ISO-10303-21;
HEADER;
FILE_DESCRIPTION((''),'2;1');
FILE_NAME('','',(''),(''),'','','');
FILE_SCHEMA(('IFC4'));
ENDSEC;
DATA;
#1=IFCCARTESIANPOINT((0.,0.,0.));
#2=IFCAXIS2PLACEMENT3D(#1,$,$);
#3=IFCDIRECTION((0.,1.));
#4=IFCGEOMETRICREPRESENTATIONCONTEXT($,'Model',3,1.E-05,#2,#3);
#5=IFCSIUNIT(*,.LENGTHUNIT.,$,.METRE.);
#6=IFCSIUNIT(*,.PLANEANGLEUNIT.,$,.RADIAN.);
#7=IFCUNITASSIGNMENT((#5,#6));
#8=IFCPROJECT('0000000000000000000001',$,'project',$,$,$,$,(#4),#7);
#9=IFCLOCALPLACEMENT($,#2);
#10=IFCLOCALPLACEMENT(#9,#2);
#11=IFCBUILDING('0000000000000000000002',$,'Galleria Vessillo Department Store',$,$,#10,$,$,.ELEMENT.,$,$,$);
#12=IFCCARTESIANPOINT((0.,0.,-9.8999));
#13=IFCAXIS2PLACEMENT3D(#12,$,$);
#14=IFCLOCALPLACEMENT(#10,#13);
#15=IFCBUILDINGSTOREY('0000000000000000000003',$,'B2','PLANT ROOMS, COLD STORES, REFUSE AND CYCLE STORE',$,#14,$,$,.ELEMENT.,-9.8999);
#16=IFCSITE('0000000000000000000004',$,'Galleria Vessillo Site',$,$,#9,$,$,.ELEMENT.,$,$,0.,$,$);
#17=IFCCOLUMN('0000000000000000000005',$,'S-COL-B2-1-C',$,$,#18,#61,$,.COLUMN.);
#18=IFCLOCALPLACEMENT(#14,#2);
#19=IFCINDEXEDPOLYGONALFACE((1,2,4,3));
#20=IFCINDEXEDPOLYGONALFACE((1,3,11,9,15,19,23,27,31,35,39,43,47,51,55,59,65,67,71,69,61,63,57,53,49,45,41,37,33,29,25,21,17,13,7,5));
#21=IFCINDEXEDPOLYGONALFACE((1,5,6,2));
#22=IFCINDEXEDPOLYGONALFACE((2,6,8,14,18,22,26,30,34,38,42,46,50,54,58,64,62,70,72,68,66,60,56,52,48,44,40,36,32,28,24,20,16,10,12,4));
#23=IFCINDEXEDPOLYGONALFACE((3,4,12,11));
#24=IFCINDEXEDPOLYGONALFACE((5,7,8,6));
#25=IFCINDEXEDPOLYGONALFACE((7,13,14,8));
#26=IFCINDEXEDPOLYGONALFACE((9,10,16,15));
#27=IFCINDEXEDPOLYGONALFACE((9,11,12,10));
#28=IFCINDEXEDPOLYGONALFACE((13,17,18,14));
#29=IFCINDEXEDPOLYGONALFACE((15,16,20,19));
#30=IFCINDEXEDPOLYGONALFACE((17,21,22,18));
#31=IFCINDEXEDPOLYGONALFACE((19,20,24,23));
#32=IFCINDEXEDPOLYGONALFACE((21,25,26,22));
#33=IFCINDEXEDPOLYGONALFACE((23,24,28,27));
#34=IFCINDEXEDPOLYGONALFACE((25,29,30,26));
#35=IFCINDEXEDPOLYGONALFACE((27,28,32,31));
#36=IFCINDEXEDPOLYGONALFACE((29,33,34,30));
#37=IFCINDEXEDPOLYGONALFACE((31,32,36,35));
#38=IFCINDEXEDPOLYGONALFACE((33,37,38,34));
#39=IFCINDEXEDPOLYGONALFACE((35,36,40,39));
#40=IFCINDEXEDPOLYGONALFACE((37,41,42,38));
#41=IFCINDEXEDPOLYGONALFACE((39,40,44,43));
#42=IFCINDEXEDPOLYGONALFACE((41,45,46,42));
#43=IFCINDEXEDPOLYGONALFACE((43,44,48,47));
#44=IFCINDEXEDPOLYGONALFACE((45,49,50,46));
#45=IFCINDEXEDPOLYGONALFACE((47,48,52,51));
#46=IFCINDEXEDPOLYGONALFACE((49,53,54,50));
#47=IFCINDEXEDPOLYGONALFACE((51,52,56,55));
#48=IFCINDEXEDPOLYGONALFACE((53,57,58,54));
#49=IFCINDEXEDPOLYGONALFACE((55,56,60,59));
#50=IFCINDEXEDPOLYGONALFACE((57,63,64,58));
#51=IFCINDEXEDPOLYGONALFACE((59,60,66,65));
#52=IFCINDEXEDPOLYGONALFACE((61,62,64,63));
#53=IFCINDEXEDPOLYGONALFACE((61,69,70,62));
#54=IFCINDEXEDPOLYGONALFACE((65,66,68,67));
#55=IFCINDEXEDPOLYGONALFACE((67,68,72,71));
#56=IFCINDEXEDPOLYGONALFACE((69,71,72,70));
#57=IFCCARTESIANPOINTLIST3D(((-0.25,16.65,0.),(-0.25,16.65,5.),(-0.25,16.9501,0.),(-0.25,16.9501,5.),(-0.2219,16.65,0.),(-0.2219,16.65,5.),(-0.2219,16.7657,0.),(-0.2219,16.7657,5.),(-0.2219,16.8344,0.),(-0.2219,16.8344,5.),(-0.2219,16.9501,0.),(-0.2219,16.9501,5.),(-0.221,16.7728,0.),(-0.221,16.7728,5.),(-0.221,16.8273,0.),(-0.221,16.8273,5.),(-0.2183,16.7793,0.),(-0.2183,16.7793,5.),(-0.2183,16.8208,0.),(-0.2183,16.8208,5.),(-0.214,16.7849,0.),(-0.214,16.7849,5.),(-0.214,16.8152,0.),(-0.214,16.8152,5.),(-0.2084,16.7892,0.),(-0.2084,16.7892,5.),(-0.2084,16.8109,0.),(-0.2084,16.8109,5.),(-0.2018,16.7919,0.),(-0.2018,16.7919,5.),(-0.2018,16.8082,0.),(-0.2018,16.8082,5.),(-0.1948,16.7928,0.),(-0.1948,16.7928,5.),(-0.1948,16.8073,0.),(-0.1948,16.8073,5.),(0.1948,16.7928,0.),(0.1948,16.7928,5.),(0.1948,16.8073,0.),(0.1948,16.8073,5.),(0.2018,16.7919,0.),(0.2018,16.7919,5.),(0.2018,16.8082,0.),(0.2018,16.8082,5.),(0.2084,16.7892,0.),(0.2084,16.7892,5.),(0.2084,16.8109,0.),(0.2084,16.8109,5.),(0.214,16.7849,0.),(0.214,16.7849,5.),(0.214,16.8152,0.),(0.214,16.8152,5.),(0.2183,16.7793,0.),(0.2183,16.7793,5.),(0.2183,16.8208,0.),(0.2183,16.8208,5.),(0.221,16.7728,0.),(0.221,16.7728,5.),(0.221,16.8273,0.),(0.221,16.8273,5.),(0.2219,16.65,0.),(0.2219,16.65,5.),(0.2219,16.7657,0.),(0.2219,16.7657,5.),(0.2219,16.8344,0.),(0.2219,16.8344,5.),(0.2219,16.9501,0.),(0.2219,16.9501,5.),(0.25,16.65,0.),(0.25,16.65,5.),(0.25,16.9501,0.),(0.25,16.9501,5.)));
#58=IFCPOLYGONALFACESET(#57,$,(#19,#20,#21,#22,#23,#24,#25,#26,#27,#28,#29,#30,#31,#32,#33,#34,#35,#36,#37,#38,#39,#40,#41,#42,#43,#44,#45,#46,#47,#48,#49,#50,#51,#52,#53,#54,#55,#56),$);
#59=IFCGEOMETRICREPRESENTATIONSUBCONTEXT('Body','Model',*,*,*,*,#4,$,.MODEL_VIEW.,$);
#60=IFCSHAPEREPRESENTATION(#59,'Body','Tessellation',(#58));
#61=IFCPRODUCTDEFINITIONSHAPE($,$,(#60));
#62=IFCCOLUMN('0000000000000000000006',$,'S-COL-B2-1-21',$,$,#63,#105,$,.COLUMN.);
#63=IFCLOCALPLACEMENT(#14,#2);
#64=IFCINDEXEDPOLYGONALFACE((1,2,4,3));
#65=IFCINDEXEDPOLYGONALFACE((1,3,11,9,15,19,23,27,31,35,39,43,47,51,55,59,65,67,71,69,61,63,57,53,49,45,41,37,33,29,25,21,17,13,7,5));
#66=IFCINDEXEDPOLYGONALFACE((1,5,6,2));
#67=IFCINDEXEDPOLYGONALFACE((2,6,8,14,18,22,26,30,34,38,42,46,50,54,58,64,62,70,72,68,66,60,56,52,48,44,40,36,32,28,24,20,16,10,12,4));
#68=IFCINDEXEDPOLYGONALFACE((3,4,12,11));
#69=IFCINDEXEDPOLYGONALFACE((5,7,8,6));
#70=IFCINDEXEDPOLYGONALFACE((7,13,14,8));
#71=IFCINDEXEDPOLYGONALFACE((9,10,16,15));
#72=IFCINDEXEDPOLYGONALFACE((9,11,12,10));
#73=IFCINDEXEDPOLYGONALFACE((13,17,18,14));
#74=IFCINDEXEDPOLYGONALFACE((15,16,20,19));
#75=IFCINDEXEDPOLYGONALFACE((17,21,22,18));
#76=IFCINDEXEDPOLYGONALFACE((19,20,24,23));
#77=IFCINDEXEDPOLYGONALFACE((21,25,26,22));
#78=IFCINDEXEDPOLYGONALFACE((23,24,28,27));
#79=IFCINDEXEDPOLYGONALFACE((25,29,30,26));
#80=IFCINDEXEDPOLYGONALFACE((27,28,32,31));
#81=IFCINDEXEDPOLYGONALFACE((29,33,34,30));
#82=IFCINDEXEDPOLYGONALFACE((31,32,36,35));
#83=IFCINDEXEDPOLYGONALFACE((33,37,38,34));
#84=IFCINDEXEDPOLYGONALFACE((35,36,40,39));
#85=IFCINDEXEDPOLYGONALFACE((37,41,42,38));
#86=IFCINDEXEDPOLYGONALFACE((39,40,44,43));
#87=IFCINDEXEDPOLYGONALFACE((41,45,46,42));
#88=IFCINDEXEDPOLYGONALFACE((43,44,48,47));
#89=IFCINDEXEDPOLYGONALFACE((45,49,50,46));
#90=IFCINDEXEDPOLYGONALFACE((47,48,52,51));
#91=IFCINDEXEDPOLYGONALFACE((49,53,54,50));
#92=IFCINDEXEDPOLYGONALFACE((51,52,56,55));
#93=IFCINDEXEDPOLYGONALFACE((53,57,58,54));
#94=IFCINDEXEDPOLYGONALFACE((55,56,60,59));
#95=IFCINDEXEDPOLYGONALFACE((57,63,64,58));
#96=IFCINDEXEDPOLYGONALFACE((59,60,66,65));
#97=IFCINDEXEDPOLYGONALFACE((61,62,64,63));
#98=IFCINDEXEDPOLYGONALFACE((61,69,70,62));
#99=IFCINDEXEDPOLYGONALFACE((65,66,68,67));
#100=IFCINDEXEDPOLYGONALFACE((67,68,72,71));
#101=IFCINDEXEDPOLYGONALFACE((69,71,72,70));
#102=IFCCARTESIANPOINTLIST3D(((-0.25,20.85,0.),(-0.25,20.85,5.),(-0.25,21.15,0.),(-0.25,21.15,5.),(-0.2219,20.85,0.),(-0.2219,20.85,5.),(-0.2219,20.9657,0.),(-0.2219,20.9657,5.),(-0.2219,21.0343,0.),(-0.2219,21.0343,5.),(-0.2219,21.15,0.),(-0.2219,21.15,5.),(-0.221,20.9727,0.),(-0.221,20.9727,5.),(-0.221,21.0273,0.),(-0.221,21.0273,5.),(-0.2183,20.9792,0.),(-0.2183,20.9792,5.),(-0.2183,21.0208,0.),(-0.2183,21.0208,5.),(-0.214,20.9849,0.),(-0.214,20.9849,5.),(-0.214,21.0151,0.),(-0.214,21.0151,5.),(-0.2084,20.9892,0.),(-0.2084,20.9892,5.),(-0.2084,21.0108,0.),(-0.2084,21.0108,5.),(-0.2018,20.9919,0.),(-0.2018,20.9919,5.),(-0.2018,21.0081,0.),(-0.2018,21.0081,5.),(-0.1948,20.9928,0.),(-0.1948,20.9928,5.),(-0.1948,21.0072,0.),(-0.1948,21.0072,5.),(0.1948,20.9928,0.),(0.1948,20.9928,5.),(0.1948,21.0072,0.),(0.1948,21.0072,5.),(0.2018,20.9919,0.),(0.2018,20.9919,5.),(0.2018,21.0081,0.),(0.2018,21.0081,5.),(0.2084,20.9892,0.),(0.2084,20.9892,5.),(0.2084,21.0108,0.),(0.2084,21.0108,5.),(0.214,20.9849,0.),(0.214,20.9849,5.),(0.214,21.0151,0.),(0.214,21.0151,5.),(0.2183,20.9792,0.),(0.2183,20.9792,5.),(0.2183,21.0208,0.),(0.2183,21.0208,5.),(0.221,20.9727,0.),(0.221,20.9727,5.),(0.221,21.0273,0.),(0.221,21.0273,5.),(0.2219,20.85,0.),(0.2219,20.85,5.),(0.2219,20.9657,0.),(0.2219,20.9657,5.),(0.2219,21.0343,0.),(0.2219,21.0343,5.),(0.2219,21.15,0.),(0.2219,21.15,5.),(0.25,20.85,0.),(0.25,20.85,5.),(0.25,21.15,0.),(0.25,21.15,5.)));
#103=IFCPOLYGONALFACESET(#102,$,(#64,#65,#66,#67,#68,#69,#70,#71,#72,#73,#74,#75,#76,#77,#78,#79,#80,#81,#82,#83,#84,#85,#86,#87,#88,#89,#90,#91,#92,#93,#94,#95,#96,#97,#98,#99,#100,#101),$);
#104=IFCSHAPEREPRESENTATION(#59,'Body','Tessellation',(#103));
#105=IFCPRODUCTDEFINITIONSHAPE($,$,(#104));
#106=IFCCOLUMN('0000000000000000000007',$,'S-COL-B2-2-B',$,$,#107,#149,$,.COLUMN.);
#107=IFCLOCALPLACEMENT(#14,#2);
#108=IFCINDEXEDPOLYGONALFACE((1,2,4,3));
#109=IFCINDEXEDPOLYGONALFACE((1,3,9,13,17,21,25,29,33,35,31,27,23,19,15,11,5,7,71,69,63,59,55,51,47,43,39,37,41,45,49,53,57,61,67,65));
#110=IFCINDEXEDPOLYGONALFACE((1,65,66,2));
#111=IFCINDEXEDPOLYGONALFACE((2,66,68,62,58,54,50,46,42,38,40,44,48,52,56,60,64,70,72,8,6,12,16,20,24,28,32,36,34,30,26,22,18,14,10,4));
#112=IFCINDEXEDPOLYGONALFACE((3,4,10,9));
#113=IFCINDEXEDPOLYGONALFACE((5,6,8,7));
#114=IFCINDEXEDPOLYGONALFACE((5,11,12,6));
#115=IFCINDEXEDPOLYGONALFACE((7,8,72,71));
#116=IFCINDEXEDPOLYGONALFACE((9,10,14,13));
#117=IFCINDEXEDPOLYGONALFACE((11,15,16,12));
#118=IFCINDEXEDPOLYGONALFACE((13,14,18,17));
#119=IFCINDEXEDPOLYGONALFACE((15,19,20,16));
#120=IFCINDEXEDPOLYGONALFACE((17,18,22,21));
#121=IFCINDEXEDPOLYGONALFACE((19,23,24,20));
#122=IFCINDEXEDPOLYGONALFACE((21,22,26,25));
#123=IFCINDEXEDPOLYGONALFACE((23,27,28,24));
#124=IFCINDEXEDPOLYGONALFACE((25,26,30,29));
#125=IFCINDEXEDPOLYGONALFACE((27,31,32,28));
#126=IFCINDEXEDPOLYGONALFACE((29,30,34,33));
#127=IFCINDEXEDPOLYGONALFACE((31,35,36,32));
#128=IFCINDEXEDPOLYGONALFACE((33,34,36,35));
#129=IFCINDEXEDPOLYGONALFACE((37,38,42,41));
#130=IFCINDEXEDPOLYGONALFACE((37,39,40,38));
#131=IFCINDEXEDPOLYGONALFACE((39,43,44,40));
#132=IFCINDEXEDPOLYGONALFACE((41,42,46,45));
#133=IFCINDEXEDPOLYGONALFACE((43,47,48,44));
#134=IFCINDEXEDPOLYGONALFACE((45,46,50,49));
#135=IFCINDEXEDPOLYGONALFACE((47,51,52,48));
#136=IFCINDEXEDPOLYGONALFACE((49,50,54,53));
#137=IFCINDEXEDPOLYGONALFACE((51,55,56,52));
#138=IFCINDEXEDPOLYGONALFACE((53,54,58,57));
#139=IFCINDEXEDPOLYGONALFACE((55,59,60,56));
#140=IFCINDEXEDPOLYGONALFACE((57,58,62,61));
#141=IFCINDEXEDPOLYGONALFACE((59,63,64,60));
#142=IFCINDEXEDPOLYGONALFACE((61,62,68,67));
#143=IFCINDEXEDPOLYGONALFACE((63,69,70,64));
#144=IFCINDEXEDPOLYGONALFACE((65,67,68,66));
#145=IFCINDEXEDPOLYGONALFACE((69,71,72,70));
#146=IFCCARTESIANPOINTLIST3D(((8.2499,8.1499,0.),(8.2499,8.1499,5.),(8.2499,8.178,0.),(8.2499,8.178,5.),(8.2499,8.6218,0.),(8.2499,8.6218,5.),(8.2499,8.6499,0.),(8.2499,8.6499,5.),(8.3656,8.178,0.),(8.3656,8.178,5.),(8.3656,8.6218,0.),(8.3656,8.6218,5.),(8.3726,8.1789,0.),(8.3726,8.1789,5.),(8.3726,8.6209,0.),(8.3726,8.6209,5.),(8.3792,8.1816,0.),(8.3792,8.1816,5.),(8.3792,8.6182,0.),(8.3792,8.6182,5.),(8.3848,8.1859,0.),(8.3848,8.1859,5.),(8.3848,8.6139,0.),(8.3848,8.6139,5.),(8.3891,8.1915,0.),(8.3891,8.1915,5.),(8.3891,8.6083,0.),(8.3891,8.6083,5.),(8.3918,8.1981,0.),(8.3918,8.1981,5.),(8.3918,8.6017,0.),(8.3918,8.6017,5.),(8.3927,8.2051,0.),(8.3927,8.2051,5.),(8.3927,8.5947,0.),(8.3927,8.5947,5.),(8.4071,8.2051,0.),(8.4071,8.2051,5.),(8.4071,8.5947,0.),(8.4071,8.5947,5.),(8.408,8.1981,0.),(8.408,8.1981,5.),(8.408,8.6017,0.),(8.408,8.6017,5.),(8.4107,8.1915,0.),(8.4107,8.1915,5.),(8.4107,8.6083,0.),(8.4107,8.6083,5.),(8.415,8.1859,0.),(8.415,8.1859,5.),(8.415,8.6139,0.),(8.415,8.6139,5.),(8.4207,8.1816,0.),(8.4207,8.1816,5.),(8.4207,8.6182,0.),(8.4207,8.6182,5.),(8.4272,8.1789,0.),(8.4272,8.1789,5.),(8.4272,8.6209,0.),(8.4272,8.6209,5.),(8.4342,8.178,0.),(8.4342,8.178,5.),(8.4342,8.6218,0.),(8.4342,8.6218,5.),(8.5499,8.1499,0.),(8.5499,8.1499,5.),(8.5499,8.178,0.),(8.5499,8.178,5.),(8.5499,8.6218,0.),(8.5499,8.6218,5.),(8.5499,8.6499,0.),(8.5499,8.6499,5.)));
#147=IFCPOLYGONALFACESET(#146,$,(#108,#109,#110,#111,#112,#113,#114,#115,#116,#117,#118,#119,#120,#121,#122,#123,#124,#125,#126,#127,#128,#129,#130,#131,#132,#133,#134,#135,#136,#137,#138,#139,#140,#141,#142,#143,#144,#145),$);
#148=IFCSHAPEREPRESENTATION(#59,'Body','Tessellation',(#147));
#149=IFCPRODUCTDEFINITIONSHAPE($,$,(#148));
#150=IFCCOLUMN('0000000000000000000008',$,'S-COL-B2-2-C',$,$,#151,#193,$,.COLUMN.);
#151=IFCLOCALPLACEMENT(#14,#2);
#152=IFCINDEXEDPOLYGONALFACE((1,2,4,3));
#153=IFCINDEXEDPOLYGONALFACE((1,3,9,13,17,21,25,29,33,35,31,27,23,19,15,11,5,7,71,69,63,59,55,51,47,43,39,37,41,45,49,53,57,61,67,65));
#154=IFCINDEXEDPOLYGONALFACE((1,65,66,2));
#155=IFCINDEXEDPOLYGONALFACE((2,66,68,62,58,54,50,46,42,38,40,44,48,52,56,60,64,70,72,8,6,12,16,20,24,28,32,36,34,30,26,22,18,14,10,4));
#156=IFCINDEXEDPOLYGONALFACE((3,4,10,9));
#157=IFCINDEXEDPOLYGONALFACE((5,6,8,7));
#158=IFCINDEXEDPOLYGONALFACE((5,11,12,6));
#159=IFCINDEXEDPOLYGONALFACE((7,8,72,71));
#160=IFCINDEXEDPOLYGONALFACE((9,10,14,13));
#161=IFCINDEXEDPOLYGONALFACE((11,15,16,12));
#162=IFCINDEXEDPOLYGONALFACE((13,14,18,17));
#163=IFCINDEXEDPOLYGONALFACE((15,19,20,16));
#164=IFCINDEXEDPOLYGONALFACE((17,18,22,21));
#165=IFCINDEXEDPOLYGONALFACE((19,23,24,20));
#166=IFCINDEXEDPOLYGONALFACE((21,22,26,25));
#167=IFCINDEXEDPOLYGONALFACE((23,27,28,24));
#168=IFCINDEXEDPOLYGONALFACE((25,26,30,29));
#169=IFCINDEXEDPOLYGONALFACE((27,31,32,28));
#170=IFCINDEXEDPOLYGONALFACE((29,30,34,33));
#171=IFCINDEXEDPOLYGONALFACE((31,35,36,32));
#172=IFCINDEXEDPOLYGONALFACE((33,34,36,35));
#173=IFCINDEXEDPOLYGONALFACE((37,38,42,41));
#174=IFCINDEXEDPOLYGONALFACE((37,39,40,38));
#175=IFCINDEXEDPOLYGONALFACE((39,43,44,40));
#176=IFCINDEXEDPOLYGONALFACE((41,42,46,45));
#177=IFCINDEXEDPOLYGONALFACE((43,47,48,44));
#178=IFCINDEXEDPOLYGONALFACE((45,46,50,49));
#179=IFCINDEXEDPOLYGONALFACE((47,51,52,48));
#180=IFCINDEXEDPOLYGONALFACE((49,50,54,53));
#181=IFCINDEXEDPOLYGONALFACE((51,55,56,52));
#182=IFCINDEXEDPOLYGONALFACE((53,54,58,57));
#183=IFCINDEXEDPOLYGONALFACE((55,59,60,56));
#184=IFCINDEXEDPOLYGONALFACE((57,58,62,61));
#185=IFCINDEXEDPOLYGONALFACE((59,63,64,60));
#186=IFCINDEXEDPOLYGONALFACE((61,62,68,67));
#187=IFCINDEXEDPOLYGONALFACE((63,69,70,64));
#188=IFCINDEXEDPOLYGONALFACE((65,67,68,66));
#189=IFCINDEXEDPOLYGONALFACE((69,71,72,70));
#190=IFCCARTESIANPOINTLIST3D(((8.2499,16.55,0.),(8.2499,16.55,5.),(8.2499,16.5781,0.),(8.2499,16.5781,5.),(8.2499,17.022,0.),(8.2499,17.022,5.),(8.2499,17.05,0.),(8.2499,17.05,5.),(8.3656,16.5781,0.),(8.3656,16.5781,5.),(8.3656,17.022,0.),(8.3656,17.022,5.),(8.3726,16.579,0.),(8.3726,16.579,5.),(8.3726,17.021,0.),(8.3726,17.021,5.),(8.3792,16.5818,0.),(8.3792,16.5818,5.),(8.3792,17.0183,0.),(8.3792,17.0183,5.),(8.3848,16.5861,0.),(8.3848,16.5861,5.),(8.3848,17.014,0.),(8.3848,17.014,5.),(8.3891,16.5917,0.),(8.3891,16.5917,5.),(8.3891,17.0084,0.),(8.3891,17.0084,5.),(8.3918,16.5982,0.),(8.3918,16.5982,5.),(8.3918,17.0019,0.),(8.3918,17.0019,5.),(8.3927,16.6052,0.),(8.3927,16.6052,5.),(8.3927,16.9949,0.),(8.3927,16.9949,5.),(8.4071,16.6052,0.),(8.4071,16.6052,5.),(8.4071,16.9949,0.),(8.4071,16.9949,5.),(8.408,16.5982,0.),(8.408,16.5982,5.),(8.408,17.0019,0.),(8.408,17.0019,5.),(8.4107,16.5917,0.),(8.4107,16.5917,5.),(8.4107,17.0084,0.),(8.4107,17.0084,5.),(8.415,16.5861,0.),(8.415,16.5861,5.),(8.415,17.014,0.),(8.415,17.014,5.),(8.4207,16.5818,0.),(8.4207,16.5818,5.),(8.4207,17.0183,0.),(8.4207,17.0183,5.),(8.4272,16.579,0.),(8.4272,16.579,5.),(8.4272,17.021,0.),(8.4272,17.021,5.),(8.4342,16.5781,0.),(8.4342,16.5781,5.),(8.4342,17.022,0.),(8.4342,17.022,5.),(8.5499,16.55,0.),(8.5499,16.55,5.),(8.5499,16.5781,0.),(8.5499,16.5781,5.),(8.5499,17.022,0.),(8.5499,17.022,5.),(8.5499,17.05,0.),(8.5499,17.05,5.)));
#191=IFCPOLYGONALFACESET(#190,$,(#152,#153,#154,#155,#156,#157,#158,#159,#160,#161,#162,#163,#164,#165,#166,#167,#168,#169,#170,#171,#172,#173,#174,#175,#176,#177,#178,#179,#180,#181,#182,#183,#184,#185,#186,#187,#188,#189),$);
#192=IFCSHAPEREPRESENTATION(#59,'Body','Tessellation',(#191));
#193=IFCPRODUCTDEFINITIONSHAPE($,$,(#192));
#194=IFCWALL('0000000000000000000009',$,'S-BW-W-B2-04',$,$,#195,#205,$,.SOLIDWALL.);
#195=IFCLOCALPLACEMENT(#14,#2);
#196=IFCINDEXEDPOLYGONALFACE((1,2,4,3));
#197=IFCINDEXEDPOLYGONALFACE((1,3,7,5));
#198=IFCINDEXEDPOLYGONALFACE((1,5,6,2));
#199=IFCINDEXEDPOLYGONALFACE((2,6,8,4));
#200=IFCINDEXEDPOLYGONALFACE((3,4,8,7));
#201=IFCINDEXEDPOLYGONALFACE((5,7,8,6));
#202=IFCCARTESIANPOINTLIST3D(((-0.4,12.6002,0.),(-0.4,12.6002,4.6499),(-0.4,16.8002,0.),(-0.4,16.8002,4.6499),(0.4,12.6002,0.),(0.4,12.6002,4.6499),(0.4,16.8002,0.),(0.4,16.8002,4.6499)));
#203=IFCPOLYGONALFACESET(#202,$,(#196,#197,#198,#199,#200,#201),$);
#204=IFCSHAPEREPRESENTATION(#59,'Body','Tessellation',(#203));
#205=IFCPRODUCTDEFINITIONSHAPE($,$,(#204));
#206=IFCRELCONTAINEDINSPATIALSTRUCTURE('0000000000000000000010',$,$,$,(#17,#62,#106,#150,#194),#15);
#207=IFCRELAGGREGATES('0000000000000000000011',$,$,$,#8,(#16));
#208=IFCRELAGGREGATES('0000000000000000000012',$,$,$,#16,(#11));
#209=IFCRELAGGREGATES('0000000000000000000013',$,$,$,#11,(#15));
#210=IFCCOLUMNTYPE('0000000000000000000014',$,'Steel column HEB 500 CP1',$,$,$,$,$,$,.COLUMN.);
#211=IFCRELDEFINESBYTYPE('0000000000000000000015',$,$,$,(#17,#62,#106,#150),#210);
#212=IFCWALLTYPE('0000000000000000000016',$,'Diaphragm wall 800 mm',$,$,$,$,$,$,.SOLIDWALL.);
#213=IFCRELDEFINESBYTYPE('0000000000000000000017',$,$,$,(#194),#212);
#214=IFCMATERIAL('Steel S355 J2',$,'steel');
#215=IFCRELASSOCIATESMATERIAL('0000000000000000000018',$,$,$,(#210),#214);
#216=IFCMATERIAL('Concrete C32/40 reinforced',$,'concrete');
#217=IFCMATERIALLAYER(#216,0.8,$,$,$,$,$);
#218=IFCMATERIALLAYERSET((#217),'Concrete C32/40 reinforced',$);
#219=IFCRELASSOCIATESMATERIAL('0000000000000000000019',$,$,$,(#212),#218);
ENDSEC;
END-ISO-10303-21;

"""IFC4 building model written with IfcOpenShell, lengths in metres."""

from ifc_helpers import new_model, si_unit, direction, frame, frame_2d, origin, origin_2d, place, context, subcontext, project, spatial, rectangle, i_section, extrude, material, layer, layer_set, material_profile, profile_set, type_object, element, save


model = new_model("IFC4")

# Units and contexts
model_context = context("Model", 3, precision=1e-05, world=origin(), true_north=direction((0.0, 1.0)))
body_context = subcontext(model_context, "Body", "Model", "MODEL_VIEW")
ifc_project = project(units=[si_unit("LENGTHUNIT", "METRE"), si_unit("PLANEANGLEUNIT", "RADIAN")], contexts=[model_context])

# Site, building, storey
site_placement = place(None, origin())
site = spatial("IfcSite", under=ifc_project, at=site_placement, Name="Galleria Vessillo Site", CompositionType="ELEMENT", RefElevation=0.0)
building_placement = place(site_placement, origin())
building = spatial("IfcBuilding", under=site, at=building_placement, Name="Galleria Vessillo Department Store", CompositionType="ELEMENT")
storey_placement = place(building_placement, frame((0.0, 0.0, -9.8999)))
storey = spatial("IfcBuildingStorey", under=building, at=storey_placement, Name="B2", Description="PLANT ROOMS, COLD STORES, REFUSE AND CYCLE STORE", CompositionType="ELEMENT", Elevation=-9.8999)

# Columns
ifc_material_1 = material(Name="Steel S355 J2", Category="steel")
ifc_material_profile_1 = material_profile(ifc_material_1, i_section(OverallWidth=0.3, OverallDepth=0.5, WebThickness=0.0144, FlangeThickness=0.0281, FilletRadius=0.0271, at=origin_2d()), Name="HEB 500")
ifc_profile_set_1 = profile_set([ifc_material_profile_1], Name="Steel S355 J2")
column_type = type_object("IfcColumnType", Name="Steel column HEB 500 CP1", PredefinedType="COLUMN", material=ifc_profile_set_1)
for number, where, z_axis, x_axis, name in (
    (1, (0.0, 16.8, 0.0), (0.0, 0.0, 1.0), (0.0, 1.0, 0.0), "S-COL-B2-1-C"),
    (2, (0.0, 21.0, 0.0), (0.0, 0.0, 1.0), (0.0, 1.0, 0.0), "S-COL-B2-1-21"),
    (3, (8.3999, 8.3999, 0.0), (0.0, 0.0, 1.0), (1.0, 0.0, 0.0), "S-COL-B2-2-B"),
    (4, (8.3999, 16.8, 0.0), (0.0, 0.0, 1.0), (1.0, 0.0, 0.0), "S-COL-B2-2-C"),
):
    element("IfcColumn", number, at=place(storey_placement, frame(where, z_axis=z_axis, x_axis=x_axis)), inside=storey, type_object=column_type, Name=name, PredefinedType="COLUMN", context=body_context, shape_type="SweptSolid", body=[
        extrude(i_section(OverallWidth=0.3, OverallDepth=0.5, WebThickness=0.0144, FlangeThickness=0.0281, FilletRadius=0.0271, at=origin_2d()), origin(), (0.0, 0.0, 1.0), 5.0),
    ])

# Wall
ifc_material_2 = material(Name="Concrete C32/40 reinforced", Category="concrete")
ifc_layer_1 = layer(ifc_material_2, 0.8)
ifc_layer_set_1 = layer_set([ifc_layer_1], Name="Concrete C32/40 reinforced")
wall_type_1 = type_object("IfcWallType", Name="Diaphragm wall 800 mm", PredefinedType="SOLIDWALL", material=ifc_layer_set_1)
for number, where, z_axis, x_axis, name in (
    (5, (0.0, 12.6001, 0.0), (0.0, 0.0, 1.0), (0.0, 1.0, 0.0), "S-BW-W-B2-04"),
):
    element("IfcWall", number, at=place(storey_placement, frame(where, z_axis=z_axis, x_axis=x_axis)), inside=storey, type_object=wall_type_1, Name=name, PredefinedType="SOLIDWALL", context=body_context, shape_type="SweptSolid", body=[
        extrude(rectangle(XDim=4.2, YDim=0.8, at=frame_2d((2.1001, 0.0))), origin(), (0.0, 0.0, 1.0), 4.6499),
    ])

save(model, "model.ifc")
